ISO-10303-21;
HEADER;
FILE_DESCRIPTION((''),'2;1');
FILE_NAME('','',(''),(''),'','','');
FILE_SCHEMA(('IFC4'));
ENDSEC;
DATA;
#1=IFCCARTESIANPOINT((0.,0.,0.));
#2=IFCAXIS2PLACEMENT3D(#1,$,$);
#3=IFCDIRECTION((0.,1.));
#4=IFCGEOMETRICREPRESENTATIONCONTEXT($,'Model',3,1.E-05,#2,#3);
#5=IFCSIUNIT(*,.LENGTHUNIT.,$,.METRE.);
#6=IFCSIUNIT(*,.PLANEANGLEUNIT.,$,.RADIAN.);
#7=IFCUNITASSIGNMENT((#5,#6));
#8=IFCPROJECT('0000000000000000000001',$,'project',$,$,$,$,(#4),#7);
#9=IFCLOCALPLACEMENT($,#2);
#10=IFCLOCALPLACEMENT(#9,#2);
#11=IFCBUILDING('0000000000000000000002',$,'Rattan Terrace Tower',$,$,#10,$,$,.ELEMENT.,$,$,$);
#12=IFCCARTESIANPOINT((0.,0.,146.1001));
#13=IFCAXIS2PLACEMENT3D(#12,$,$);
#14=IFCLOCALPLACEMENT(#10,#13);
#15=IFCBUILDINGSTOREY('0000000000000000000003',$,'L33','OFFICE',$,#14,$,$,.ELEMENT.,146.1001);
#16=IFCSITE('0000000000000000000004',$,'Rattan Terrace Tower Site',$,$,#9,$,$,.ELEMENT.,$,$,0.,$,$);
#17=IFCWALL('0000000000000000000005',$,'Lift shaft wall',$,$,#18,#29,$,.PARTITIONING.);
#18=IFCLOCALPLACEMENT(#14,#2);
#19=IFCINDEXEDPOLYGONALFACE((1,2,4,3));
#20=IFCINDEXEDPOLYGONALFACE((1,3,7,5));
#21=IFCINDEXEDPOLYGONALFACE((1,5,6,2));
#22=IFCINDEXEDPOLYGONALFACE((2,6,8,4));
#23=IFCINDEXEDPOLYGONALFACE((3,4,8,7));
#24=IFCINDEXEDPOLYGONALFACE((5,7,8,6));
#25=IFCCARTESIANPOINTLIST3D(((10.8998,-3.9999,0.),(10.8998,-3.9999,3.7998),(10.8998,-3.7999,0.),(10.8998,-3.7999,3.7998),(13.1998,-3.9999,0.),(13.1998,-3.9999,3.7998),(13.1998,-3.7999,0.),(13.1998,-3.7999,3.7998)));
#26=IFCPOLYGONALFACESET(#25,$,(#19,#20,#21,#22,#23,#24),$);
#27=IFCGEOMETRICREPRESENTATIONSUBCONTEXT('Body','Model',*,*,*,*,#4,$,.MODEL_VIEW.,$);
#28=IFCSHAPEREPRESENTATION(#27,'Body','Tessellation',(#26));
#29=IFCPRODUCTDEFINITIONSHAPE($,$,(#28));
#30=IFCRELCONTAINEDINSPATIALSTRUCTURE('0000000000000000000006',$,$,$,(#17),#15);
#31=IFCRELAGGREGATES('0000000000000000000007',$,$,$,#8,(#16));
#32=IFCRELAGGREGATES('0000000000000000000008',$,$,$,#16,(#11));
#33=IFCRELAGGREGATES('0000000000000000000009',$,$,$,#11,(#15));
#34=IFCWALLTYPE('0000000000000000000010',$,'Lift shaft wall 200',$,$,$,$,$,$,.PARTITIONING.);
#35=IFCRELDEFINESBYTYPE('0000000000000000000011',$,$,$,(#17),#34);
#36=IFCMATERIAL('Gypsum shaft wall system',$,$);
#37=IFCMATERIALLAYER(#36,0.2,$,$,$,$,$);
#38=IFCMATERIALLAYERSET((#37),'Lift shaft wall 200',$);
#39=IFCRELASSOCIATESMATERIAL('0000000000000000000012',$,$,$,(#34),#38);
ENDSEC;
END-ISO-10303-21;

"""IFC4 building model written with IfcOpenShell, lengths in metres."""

from ifc_helpers import new_model, si_unit, direction, frame, frame_2d, origin, place, context, subcontext, project, spatial, rectangle, extrude, material, layer, layer_set, type_object, element, save


model = new_model("IFC4")

# Units and contexts
model_context = context("Model", 3, precision=1e-05, world=origin(), true_north=direction((0.0, 1.0)))
body_context = subcontext(model_context, "Body", "Model", "MODEL_VIEW")
ifc_project = project(units=[si_unit("LENGTHUNIT", "METRE"), si_unit("PLANEANGLEUNIT", "RADIAN")], contexts=[model_context])

# Site, building, storey
site_placement = place(None, origin())
site = spatial("IfcSite", under=ifc_project, at=site_placement, Name="Rattan Terrace Tower Site", CompositionType="ELEMENT", RefElevation=0.0)
building_placement = place(site_placement, origin())
building = spatial("IfcBuilding", under=site, at=building_placement, Name="Rattan Terrace Tower", CompositionType="ELEMENT")
storey_placement = place(building_placement, frame((0.0, 0.0, 146.1001)))
storey = spatial("IfcBuildingStorey", under=building, at=storey_placement, Name="L33", Description="OFFICE", CompositionType="ELEMENT", Elevation=146.1001)

# Shared definitions
ifc_material_1 = material(Name="Gypsum shaft wall system")
ifc_layer_1 = layer(ifc_material_1, 0.2)
ifc_layer_set_1 = layer_set([ifc_layer_1], Name="Lift shaft wall 200")
wall_type_1 = type_object("IfcWallType", Name="Lift shaft wall 200", PredefinedType="PARTITIONING", material=ifc_layer_set_1)

# Wall
wall_1_placement = place(storey_placement, frame((10.8999, -3.8999, 0.0), z_axis=(0.0, 0.0, 1.0), x_axis=(1.0, 0.0, 0.0)))
element("IfcWall", 1, at=wall_1_placement, inside=storey, type_object=wall_type_1, Name="Lift shaft wall", PredefinedType="PARTITIONING", context=body_context, shape_type="SweptSolid", body=[
    extrude(rectangle(XDim=2.3, YDim=0.2, at=frame_2d((1.1499, 0.0))), origin(), (0.0, 0.0, 1.0), 3.7998),
])

save(model, "model.ifc")
